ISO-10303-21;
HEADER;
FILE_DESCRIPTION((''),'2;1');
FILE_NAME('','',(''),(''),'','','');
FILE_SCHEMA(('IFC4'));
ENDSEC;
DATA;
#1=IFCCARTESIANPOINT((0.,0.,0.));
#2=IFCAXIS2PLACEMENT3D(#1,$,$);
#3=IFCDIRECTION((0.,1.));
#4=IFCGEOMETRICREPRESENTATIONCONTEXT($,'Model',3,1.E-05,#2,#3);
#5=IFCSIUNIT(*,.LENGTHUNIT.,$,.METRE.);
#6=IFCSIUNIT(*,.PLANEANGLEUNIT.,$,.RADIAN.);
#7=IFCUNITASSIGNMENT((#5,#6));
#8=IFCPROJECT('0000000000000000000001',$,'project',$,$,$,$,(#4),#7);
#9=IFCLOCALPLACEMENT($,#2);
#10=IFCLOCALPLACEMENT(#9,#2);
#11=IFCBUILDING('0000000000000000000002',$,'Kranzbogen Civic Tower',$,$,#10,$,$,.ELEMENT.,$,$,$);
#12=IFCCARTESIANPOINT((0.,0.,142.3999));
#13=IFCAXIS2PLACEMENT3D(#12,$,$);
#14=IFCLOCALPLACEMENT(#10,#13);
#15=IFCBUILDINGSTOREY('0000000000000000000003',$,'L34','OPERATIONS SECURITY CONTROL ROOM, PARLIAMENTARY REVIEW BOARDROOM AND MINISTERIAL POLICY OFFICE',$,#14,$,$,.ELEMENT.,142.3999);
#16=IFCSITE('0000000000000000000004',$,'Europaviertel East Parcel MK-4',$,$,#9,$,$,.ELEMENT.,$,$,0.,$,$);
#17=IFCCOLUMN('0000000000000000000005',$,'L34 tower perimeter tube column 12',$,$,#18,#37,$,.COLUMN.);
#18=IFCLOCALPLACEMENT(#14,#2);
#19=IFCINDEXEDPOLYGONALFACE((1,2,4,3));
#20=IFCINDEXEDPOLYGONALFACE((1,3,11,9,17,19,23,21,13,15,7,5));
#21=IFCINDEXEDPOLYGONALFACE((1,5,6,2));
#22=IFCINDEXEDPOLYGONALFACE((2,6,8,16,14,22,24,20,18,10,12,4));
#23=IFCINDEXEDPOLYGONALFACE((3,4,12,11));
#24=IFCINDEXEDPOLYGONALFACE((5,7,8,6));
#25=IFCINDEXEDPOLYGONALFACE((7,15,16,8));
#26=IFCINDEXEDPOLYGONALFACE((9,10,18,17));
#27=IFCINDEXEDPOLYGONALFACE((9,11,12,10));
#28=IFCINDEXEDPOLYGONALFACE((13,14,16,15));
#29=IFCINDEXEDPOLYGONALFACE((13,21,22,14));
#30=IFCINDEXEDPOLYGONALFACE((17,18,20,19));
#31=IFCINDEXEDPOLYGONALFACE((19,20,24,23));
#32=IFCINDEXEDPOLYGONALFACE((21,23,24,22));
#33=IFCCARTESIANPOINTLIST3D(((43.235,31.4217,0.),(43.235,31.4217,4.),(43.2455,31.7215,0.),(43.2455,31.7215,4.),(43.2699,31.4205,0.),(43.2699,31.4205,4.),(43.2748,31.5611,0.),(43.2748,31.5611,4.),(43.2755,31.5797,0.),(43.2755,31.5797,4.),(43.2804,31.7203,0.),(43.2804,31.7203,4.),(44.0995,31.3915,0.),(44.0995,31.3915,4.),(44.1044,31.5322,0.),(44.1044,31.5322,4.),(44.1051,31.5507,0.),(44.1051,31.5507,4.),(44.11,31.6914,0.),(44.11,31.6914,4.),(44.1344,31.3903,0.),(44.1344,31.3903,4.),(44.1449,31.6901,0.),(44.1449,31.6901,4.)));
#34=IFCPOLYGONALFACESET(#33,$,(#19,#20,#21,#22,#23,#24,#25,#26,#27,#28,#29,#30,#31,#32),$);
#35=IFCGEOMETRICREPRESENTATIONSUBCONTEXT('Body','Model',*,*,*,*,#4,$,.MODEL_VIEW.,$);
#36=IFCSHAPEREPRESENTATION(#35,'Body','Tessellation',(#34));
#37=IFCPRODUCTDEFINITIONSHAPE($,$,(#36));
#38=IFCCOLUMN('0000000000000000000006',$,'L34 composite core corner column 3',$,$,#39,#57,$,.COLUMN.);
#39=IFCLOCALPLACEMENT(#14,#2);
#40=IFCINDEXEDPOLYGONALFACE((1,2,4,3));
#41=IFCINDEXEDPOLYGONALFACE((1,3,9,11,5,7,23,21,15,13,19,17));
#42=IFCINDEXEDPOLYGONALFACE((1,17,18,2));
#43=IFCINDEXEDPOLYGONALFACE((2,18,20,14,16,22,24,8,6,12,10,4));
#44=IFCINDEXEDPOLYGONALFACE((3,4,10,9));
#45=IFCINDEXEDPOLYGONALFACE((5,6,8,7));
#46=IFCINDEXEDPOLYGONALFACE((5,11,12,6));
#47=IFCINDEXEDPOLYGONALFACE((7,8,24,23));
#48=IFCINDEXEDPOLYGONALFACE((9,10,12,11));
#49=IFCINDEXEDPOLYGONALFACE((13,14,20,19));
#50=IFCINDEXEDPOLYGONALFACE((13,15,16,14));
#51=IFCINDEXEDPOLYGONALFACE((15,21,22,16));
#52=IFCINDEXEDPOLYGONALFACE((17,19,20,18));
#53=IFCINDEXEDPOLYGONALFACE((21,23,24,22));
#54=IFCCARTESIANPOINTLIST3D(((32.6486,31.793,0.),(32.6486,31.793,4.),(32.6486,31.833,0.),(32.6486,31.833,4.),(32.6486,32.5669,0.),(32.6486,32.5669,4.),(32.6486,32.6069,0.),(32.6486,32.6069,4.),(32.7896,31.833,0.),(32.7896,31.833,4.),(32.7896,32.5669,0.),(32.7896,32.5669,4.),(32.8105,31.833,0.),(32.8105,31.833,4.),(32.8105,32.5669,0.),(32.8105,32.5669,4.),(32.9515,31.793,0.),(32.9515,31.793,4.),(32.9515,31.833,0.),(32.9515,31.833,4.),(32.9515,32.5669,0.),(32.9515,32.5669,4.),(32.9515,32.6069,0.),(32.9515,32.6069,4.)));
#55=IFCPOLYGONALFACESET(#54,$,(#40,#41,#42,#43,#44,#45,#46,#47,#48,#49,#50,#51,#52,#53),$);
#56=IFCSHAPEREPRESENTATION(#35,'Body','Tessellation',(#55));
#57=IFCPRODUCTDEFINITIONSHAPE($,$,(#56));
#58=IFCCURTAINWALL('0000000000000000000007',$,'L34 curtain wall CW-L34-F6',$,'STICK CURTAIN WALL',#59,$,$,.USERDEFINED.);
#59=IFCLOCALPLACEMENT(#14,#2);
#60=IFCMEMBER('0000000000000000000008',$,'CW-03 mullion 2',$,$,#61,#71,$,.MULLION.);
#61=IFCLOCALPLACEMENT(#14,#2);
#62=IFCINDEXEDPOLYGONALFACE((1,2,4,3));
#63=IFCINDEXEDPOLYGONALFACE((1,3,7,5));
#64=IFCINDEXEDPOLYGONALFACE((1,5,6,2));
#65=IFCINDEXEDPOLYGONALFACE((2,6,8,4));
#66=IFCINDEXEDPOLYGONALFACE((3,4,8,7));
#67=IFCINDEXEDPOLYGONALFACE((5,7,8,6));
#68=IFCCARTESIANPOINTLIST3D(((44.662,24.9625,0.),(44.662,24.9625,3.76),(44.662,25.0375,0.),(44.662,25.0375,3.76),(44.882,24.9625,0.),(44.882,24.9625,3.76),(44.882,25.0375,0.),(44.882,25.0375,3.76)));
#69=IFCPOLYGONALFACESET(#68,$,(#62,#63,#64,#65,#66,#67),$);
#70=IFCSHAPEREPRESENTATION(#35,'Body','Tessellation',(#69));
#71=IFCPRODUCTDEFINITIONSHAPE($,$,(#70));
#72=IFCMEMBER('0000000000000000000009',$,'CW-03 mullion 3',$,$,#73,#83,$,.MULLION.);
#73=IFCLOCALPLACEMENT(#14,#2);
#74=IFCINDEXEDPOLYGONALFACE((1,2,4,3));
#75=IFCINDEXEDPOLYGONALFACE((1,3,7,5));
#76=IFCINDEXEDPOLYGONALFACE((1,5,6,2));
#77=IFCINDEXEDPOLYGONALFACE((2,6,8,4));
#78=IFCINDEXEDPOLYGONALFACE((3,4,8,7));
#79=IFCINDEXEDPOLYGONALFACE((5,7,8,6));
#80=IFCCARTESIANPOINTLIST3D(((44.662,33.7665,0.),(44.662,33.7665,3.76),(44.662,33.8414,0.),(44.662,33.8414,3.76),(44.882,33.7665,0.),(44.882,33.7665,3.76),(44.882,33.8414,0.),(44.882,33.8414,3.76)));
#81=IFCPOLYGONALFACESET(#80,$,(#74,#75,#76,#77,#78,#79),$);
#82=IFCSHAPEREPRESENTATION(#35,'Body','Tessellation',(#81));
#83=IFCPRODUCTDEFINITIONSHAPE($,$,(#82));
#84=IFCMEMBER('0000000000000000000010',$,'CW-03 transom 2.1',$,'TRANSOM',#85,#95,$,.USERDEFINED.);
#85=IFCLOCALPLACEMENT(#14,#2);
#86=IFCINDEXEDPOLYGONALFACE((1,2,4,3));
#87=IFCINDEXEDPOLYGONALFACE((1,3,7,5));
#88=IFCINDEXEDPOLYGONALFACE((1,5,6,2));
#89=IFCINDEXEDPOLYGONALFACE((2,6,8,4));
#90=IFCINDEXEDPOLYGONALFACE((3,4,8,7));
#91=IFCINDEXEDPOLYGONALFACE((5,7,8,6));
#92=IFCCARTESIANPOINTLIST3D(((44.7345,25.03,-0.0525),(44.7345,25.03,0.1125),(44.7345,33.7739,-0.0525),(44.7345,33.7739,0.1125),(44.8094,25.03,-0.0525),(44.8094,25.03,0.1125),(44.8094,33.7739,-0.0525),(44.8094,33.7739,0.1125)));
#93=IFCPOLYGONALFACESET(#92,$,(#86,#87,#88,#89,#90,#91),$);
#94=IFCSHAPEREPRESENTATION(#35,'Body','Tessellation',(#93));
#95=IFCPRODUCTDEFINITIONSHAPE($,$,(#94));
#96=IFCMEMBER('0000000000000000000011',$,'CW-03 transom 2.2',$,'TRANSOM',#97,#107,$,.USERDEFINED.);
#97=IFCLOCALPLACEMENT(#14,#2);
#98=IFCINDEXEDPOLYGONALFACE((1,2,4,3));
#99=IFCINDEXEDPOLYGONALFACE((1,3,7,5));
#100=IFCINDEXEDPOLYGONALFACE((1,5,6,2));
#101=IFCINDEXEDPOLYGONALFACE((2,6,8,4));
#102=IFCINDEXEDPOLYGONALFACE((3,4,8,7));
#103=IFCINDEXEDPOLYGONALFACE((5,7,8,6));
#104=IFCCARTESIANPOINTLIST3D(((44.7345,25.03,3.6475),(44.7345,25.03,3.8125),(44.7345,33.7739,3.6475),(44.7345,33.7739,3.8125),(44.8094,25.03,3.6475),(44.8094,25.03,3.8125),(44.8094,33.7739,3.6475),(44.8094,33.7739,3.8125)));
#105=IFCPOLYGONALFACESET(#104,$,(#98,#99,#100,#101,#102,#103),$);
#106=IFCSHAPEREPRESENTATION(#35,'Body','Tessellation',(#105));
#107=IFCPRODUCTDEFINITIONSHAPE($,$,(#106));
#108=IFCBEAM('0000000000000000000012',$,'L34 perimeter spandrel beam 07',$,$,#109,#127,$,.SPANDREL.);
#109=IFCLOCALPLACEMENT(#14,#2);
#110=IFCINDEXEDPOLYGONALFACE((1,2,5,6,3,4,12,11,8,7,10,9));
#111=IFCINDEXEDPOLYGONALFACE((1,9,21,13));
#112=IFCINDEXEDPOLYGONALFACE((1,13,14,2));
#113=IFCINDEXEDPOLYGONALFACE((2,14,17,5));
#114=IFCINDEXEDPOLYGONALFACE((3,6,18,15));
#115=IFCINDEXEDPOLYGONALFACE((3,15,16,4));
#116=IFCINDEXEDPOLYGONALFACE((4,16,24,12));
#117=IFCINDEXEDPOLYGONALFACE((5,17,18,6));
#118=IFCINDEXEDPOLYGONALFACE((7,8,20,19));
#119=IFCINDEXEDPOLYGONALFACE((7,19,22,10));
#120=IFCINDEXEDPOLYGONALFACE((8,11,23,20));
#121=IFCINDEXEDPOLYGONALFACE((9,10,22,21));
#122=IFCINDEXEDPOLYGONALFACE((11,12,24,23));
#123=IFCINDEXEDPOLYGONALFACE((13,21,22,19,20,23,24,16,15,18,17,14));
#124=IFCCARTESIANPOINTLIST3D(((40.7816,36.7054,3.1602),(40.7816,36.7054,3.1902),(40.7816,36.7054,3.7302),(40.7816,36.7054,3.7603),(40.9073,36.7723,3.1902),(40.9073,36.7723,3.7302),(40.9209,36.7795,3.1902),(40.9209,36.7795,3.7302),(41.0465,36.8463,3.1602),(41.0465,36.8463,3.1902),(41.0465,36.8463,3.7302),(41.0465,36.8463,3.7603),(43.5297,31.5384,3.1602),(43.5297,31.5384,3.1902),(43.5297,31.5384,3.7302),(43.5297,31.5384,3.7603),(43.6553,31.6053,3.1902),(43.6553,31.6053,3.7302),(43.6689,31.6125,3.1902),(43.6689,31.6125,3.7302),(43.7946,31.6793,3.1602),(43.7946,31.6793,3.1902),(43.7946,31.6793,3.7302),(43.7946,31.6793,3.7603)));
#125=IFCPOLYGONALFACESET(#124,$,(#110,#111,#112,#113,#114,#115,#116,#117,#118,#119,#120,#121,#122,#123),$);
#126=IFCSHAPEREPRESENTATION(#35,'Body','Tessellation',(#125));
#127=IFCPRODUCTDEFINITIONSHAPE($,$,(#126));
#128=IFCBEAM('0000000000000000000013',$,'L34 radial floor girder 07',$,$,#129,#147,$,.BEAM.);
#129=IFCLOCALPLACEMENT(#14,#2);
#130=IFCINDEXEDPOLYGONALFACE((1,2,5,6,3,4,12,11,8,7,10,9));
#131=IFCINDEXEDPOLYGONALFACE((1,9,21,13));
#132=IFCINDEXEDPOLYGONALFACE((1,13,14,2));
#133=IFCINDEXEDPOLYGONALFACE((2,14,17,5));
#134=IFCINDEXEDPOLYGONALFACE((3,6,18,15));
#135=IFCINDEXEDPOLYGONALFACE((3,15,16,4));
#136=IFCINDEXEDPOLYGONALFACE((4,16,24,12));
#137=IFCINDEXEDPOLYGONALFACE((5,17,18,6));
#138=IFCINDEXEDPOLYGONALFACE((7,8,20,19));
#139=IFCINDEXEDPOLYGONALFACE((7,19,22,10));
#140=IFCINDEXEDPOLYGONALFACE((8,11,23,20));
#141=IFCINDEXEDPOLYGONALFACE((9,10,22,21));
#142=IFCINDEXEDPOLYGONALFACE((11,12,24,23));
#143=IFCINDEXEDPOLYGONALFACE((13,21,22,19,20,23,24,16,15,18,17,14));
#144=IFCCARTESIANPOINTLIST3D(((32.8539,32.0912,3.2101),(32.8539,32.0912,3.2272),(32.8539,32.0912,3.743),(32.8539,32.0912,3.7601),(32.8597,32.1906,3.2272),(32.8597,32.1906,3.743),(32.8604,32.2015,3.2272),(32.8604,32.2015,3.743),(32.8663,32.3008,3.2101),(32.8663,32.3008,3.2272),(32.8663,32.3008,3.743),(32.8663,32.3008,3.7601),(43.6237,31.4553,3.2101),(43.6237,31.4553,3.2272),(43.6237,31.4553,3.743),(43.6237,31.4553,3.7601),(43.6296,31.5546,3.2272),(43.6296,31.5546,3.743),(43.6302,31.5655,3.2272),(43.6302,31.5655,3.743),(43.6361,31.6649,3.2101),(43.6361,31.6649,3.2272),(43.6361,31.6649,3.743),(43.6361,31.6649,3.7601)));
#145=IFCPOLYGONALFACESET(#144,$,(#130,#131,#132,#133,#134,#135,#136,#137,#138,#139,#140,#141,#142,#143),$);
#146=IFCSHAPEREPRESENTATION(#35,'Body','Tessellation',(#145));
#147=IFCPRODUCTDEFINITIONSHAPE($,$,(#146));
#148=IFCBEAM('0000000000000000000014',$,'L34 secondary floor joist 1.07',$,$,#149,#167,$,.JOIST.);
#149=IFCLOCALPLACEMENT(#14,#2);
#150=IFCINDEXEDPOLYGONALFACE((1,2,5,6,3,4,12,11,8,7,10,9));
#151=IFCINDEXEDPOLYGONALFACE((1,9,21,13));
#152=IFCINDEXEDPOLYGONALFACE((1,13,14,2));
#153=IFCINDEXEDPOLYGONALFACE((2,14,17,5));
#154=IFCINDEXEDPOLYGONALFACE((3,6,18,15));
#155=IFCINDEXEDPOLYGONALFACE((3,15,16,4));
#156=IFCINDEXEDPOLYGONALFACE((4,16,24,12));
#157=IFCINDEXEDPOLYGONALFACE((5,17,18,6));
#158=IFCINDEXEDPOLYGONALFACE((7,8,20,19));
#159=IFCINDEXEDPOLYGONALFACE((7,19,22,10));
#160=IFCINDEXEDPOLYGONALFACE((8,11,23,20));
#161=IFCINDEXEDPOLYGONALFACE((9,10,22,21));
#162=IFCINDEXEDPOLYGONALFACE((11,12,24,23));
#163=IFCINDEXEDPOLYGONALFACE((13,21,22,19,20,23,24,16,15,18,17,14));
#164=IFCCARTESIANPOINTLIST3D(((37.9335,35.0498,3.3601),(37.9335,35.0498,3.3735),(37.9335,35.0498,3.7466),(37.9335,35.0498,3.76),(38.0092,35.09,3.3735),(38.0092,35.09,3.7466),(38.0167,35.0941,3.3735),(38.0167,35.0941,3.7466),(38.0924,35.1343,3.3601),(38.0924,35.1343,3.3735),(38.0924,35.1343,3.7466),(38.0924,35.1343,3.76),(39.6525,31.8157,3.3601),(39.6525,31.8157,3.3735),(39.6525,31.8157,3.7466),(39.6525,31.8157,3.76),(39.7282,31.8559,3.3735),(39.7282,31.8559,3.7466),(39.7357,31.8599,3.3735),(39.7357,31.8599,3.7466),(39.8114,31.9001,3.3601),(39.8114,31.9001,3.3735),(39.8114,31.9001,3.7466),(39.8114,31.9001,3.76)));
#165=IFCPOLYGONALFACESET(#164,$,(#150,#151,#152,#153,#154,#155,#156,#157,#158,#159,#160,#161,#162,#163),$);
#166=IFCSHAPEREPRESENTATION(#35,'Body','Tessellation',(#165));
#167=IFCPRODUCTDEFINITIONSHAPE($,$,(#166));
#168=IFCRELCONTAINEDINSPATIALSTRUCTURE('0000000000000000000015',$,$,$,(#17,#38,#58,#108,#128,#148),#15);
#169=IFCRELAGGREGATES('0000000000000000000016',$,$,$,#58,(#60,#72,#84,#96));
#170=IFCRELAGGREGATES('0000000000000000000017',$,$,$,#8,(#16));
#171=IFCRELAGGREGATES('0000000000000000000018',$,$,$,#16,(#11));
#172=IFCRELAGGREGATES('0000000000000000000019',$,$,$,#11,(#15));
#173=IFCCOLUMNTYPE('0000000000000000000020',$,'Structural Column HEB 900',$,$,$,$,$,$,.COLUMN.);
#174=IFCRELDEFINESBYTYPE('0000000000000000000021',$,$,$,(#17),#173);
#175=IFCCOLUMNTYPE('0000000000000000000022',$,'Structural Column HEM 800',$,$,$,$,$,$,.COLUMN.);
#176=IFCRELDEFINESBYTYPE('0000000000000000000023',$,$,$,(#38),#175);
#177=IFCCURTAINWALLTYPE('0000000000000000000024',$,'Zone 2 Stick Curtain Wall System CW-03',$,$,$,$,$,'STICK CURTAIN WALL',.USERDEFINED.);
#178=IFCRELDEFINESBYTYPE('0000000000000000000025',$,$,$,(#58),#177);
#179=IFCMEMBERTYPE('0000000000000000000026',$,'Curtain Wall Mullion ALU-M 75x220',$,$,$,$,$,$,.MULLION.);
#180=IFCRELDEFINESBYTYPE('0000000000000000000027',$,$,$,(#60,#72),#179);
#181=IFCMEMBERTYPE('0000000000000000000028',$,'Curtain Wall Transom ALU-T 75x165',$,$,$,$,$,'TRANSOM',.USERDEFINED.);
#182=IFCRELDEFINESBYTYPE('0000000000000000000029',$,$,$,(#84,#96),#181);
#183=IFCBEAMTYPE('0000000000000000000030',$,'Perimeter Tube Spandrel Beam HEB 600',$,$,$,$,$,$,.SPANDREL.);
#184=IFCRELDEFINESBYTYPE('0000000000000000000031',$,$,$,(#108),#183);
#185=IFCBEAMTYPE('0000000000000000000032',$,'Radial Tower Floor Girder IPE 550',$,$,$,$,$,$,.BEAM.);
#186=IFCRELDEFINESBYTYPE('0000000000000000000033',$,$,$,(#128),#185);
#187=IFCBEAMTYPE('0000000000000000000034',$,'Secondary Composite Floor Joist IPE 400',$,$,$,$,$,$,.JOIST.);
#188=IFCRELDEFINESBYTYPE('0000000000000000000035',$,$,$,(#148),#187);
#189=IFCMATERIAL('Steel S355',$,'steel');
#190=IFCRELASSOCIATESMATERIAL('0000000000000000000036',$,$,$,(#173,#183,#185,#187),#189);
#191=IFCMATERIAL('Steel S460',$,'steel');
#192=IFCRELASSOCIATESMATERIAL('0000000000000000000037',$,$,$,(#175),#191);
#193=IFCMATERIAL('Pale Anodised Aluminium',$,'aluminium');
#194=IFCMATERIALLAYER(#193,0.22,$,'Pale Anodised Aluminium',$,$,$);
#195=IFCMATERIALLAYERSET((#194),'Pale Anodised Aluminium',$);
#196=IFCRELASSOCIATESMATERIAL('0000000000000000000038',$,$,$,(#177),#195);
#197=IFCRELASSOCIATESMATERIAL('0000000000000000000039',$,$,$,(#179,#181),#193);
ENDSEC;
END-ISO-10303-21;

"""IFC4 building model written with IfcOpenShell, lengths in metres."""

from ifc_helpers import new_model, si_unit, direction, frame, origin, origin_2d, place, context, subcontext, project, spatial, rectangle, i_section, extrude, material, layer, layer_set, material_profile, profile_set, type_object, element, aggregate, save


model = new_model("IFC4")

# Units and contexts
model_context = context("Model", 3, precision=1e-05, world=origin(), true_north=direction((0.0, 1.0)))
body_context = subcontext(model_context, "Body", "Model", "MODEL_VIEW")
ifc_project = project(units=[si_unit("LENGTHUNIT", "METRE"), si_unit("PLANEANGLEUNIT", "RADIAN")], contexts=[model_context])

# Site, building, storey
site_placement = place(None, origin())
site = spatial("IfcSite", under=ifc_project, at=site_placement, Name="Europaviertel East Parcel MK-4", CompositionType="ELEMENT", RefElevation=0.0)
building_placement = place(site_placement, origin())
building = spatial("IfcBuilding", under=site, at=building_placement, Name="Kranzbogen Civic Tower", CompositionType="ELEMENT")
storey_placement = place(building_placement, frame((0.0, 0.0, 142.3999)))
storey = spatial("IfcBuildingStorey", under=building, at=storey_placement, Name="L34", Description="OPERATIONS SECURITY CONTROL ROOM, PARLIAMENTARY REVIEW BOARDROOM AND MINISTERIAL POLICY OFFICE", CompositionType="ELEMENT", Elevation=142.3999)

# Columns
ifc_material_1 = material(Name="Steel S355", Category="steel")
ifc_material_profile_1 = material_profile(ifc_material_1, i_section(OverallWidth=0.3, OverallDepth=0.8999, WebThickness=0.0186, FlangeThickness=0.0349, at=origin_2d()), Name="HEB 900")
ifc_profile_set_1 = profile_set([ifc_material_profile_1], Name="Steel S355")
column_type_1 = type_object("IfcColumnType", Name="Structural Column HEB 900", PredefinedType="COLUMN", material=ifc_profile_set_1)
column_1_placement = place(storey_placement, frame((43.6899, 31.5559, 0.0), z_axis=(0.0, 0.0, 1.0), x_axis=(0.034899, 0.999391, 0.0)))
element("IfcColumn", 1, at=column_1_placement, inside=storey, type_object=column_type_1, Name="L34 tower perimeter tube column 12", PredefinedType="COLUMN", context=body_context, shape_type="SweptSolid", body=[
    extrude(i_section(OverallWidth=0.3, OverallDepth=0.8999, WebThickness=0.0186, FlangeThickness=0.0349, at=origin_2d()), origin(), (0.0, 0.0, 1.0), 4.0),
])
ifc_material_2 = material(Name="Steel S460", Category="steel")
ifc_material_profile_2 = material_profile(ifc_material_2, i_section(OverallWidth=0.303, OverallDepth=0.814, WebThickness=0.021, FlangeThickness=0.04, at=origin_2d()), Name="HEM 800")
ifc_profile_set_2 = profile_set([ifc_material_profile_2], Name="Steel S460")
column_type_2 = type_object("IfcColumnType", Name="Structural Column HEM 800", PredefinedType="COLUMN", material=ifc_profile_set_2)
column_2_placement = place(storey_placement, frame((32.8, 32.2, 0.0), z_axis=(0.0, 0.0, 1.0), x_axis=(1.0, 0.0, 0.0)))
element("IfcColumn", 2, at=column_2_placement, inside=storey, type_object=column_type_2, Name="L34 composite core corner column 3", PredefinedType="COLUMN", context=body_context, shape_type="SweptSolid", body=[
    extrude(i_section(OverallWidth=0.303, OverallDepth=0.814, WebThickness=0.021, FlangeThickness=0.04, at=origin_2d()), origin(), (0.0, 0.0, 1.0), 4.0),
])

# Curtain wall, members
ifc_material_3 = material(Name="Pale Anodised Aluminium", Category="aluminium")
ifc_layer_1 = layer(ifc_material_3, 0.22, Name="Pale Anodised Aluminium")
ifc_layer_set_1 = layer_set([ifc_layer_1], Name="Pale Anodised Aluminium")
curtain_wall_type = type_object("IfcCurtainWallType", Name="Zone 2 Stick Curtain Wall System CW-03", ElementType="STICK CURTAIN WALL", PredefinedType="USERDEFINED", material=ifc_layer_set_1)
curtain_wall_placement = place(storey_placement, origin())
curtain_wall = element("IfcCurtainWall", 3, at=curtain_wall_placement, inside=storey, type_object=curtain_wall_type, Name="L34 curtain wall CW-L34-F6", ObjectType="STICK CURTAIN WALL", PredefinedType="USERDEFINED")
ifc_material_profile_3 = material_profile(ifc_material_3, rectangle(XDim=0.075, YDim=0.22, at=origin_2d()), Name="ALU-M 75x220")
ifc_profile_set_3 = profile_set([ifc_material_profile_3], Name="Pale Anodised Aluminium")
member_type_1 = type_object("IfcMemberType", Name="Curtain Wall Mullion ALU-M 75x220", PredefinedType="MULLION", material=ifc_profile_set_3)
member_1_placement = place(storey_placement, frame((44.772, 25.0, 0.0), z_axis=(0.0, 0.0, 1.0), x_axis=(0.0, 1.0, 0.0)))
member_1 = element("IfcMember", 4, at=member_1_placement, type_object=member_type_1, Name="CW-03 mullion 2", PredefinedType="MULLION", context=body_context, shape_type="SweptSolid", body=[
    extrude(rectangle(XDim=0.075, YDim=0.22, at=origin_2d()), origin(), (0.0, 0.0, 1.0), 3.76),
])
member_2_placement = place(storey_placement, frame((44.772, 33.804, 0.0), z_axis=(0.0, 0.0, 1.0), x_axis=(0.0, 1.0, 0.0)))
member_2 = element("IfcMember", 5, at=member_2_placement, type_object=member_type_1, Name="CW-03 mullion 3", PredefinedType="MULLION", context=body_context, shape_type="SweptSolid", body=[
    extrude(rectangle(XDim=0.075, YDim=0.22, at=origin_2d()), origin(), (0.0, 0.0, 1.0), 3.76),
])
ifc_material_profile_4 = material_profile(ifc_material_3, rectangle(XDim=0.075, YDim=0.165, at=origin_2d()), Name="ALU-T 75x165")
ifc_profile_set_4 = profile_set([ifc_material_profile_4], Name="Pale Anodised Aluminium")
member_type_2 = type_object("IfcMemberType", Name="Curtain Wall Transom ALU-T 75x165", ElementType="TRANSOM", PredefinedType="USERDEFINED", material=ifc_profile_set_4)
member_3_placement = place(storey_placement, frame((44.772, 25.03, 0.03), z_axis=(0.0, 1.0, 0.0), x_axis=(-1.0, 0.0, 0.0)))
member_3 = element("IfcMember", 6, at=member_3_placement, type_object=member_type_2, Name="CW-03 transom 2.1", ObjectType="TRANSOM", PredefinedType="USERDEFINED", context=body_context, shape_type="SweptSolid", body=[
    extrude(rectangle(XDim=0.075, YDim=0.165, at=origin_2d()), origin(), (0.0, 0.0, 1.0), 8.7439),
])
member_4_placement = place(storey_placement, frame((44.772, 25.03, 3.73), z_axis=(0.0, 1.0, 0.0), x_axis=(-1.0, 0.0, 0.0)))
member_4 = element("IfcMember", 7, at=member_4_placement, type_object=member_type_2, Name="CW-03 transom 2.2", ObjectType="TRANSOM", PredefinedType="USERDEFINED", context=body_context, shape_type="SweptSolid", body=[
    extrude(rectangle(XDim=0.075, YDim=0.165, at=origin_2d()), origin(), (0.0, 0.0, 1.0), 8.7439),
])

# Beams
ifc_material_profile_5 = material_profile(ifc_material_1, i_section(OverallWidth=0.3, OverallDepth=0.6001, WebThickness=0.0154, FlangeThickness=0.03, at=origin_2d()), Name="HEB 600")
ifc_profile_set_5 = profile_set([ifc_material_profile_5], Name="Steel S355")
beam_type_1 = type_object("IfcBeamType", Name="Perimeter Tube Spandrel Beam HEB 600", PredefinedType="SPANDREL", material=ifc_profile_set_5)
beam_1_placement = place(storey_placement, frame((43.6621, 31.6089, 3.4602), z_axis=(-0.469566, 0.882897, 0.0), x_axis=(-0.882897, -0.469566, 0.0)))
element("IfcBeam", 8, at=beam_1_placement, inside=storey, type_object=beam_type_1, Name="L34 perimeter spandrel beam 07", PredefinedType="SPANDREL", context=body_context, shape_type="SweptSolid", body=[
    extrude(i_section(OverallWidth=0.3, OverallDepth=0.6001, WebThickness=0.0154, FlangeThickness=0.03, at=origin_2d()), origin(), (0.0, 0.0, 1.0), 5.8523),
])
ifc_material_profile_6 = material_profile(ifc_material_1, i_section(OverallWidth=0.21, OverallDepth=0.55, WebThickness=0.011, FlangeThickness=0.0171, at=origin_2d()), Name="IPE 550")
ifc_profile_set_6 = profile_set([ifc_material_profile_6], Name="Steel S355")
beam_type_2 = type_object("IfcBeamType", Name="Radial Tower Floor Girder IPE 550", PredefinedType="BEAM", material=ifc_profile_set_6)
beam_2_placement = place(storey_placement, frame((43.6299, 31.5601, 3.4851), z_axis=(-0.998261, 0.05895, 0.0), x_axis=(-0.05895, -0.998261, 0.0)))
element("IfcBeam", 9, at=beam_2_placement, inside=storey, type_object=beam_type_2, Name="L34 radial floor girder 07", PredefinedType="BEAM", context=body_context, shape_type="SweptSolid", body=[
    extrude(i_section(OverallWidth=0.21, OverallDepth=0.55, WebThickness=0.011, FlangeThickness=0.0171, at=origin_2d()), origin(), (0.0, 0.0, 1.0), 10.7886),
])
ifc_material_profile_7 = material_profile(ifc_material_1, i_section(OverallWidth=0.1799, OverallDepth=0.3999, WebThickness=0.0085, FlangeThickness=0.0134, at=origin_2d()), Name="IPE 400")
ifc_profile_set_7 = profile_set([ifc_material_profile_7], Name="Steel S355")
beam_type_3 = type_object("IfcBeamType", Name="Secondary Composite Floor Joist IPE 400", PredefinedType="JOIST", material=ifc_profile_set_7)
beam_3_placement = place(storey_placement, frame((39.7319, 31.8579, 3.5601), z_axis=(-0.469339, 0.883018, 0.0), x_axis=(-0.883018, -0.469339, 0.0)))
element("IfcBeam", 10, at=beam_3_placement, inside=storey, type_object=beam_type_3, Name="L34 secondary floor joist 1.07", PredefinedType="JOIST", context=body_context, shape_type="SweptSolid", body=[
    extrude(i_section(OverallWidth=0.1799, OverallDepth=0.3999, WebThickness=0.0085, FlangeThickness=0.0134, at=origin_2d()), origin(), (0.0, 0.0, 1.0), 3.6626),
])

aggregate(curtain_wall, [member_1, member_2, member_3, member_4])

save(model, "model.ifc")
